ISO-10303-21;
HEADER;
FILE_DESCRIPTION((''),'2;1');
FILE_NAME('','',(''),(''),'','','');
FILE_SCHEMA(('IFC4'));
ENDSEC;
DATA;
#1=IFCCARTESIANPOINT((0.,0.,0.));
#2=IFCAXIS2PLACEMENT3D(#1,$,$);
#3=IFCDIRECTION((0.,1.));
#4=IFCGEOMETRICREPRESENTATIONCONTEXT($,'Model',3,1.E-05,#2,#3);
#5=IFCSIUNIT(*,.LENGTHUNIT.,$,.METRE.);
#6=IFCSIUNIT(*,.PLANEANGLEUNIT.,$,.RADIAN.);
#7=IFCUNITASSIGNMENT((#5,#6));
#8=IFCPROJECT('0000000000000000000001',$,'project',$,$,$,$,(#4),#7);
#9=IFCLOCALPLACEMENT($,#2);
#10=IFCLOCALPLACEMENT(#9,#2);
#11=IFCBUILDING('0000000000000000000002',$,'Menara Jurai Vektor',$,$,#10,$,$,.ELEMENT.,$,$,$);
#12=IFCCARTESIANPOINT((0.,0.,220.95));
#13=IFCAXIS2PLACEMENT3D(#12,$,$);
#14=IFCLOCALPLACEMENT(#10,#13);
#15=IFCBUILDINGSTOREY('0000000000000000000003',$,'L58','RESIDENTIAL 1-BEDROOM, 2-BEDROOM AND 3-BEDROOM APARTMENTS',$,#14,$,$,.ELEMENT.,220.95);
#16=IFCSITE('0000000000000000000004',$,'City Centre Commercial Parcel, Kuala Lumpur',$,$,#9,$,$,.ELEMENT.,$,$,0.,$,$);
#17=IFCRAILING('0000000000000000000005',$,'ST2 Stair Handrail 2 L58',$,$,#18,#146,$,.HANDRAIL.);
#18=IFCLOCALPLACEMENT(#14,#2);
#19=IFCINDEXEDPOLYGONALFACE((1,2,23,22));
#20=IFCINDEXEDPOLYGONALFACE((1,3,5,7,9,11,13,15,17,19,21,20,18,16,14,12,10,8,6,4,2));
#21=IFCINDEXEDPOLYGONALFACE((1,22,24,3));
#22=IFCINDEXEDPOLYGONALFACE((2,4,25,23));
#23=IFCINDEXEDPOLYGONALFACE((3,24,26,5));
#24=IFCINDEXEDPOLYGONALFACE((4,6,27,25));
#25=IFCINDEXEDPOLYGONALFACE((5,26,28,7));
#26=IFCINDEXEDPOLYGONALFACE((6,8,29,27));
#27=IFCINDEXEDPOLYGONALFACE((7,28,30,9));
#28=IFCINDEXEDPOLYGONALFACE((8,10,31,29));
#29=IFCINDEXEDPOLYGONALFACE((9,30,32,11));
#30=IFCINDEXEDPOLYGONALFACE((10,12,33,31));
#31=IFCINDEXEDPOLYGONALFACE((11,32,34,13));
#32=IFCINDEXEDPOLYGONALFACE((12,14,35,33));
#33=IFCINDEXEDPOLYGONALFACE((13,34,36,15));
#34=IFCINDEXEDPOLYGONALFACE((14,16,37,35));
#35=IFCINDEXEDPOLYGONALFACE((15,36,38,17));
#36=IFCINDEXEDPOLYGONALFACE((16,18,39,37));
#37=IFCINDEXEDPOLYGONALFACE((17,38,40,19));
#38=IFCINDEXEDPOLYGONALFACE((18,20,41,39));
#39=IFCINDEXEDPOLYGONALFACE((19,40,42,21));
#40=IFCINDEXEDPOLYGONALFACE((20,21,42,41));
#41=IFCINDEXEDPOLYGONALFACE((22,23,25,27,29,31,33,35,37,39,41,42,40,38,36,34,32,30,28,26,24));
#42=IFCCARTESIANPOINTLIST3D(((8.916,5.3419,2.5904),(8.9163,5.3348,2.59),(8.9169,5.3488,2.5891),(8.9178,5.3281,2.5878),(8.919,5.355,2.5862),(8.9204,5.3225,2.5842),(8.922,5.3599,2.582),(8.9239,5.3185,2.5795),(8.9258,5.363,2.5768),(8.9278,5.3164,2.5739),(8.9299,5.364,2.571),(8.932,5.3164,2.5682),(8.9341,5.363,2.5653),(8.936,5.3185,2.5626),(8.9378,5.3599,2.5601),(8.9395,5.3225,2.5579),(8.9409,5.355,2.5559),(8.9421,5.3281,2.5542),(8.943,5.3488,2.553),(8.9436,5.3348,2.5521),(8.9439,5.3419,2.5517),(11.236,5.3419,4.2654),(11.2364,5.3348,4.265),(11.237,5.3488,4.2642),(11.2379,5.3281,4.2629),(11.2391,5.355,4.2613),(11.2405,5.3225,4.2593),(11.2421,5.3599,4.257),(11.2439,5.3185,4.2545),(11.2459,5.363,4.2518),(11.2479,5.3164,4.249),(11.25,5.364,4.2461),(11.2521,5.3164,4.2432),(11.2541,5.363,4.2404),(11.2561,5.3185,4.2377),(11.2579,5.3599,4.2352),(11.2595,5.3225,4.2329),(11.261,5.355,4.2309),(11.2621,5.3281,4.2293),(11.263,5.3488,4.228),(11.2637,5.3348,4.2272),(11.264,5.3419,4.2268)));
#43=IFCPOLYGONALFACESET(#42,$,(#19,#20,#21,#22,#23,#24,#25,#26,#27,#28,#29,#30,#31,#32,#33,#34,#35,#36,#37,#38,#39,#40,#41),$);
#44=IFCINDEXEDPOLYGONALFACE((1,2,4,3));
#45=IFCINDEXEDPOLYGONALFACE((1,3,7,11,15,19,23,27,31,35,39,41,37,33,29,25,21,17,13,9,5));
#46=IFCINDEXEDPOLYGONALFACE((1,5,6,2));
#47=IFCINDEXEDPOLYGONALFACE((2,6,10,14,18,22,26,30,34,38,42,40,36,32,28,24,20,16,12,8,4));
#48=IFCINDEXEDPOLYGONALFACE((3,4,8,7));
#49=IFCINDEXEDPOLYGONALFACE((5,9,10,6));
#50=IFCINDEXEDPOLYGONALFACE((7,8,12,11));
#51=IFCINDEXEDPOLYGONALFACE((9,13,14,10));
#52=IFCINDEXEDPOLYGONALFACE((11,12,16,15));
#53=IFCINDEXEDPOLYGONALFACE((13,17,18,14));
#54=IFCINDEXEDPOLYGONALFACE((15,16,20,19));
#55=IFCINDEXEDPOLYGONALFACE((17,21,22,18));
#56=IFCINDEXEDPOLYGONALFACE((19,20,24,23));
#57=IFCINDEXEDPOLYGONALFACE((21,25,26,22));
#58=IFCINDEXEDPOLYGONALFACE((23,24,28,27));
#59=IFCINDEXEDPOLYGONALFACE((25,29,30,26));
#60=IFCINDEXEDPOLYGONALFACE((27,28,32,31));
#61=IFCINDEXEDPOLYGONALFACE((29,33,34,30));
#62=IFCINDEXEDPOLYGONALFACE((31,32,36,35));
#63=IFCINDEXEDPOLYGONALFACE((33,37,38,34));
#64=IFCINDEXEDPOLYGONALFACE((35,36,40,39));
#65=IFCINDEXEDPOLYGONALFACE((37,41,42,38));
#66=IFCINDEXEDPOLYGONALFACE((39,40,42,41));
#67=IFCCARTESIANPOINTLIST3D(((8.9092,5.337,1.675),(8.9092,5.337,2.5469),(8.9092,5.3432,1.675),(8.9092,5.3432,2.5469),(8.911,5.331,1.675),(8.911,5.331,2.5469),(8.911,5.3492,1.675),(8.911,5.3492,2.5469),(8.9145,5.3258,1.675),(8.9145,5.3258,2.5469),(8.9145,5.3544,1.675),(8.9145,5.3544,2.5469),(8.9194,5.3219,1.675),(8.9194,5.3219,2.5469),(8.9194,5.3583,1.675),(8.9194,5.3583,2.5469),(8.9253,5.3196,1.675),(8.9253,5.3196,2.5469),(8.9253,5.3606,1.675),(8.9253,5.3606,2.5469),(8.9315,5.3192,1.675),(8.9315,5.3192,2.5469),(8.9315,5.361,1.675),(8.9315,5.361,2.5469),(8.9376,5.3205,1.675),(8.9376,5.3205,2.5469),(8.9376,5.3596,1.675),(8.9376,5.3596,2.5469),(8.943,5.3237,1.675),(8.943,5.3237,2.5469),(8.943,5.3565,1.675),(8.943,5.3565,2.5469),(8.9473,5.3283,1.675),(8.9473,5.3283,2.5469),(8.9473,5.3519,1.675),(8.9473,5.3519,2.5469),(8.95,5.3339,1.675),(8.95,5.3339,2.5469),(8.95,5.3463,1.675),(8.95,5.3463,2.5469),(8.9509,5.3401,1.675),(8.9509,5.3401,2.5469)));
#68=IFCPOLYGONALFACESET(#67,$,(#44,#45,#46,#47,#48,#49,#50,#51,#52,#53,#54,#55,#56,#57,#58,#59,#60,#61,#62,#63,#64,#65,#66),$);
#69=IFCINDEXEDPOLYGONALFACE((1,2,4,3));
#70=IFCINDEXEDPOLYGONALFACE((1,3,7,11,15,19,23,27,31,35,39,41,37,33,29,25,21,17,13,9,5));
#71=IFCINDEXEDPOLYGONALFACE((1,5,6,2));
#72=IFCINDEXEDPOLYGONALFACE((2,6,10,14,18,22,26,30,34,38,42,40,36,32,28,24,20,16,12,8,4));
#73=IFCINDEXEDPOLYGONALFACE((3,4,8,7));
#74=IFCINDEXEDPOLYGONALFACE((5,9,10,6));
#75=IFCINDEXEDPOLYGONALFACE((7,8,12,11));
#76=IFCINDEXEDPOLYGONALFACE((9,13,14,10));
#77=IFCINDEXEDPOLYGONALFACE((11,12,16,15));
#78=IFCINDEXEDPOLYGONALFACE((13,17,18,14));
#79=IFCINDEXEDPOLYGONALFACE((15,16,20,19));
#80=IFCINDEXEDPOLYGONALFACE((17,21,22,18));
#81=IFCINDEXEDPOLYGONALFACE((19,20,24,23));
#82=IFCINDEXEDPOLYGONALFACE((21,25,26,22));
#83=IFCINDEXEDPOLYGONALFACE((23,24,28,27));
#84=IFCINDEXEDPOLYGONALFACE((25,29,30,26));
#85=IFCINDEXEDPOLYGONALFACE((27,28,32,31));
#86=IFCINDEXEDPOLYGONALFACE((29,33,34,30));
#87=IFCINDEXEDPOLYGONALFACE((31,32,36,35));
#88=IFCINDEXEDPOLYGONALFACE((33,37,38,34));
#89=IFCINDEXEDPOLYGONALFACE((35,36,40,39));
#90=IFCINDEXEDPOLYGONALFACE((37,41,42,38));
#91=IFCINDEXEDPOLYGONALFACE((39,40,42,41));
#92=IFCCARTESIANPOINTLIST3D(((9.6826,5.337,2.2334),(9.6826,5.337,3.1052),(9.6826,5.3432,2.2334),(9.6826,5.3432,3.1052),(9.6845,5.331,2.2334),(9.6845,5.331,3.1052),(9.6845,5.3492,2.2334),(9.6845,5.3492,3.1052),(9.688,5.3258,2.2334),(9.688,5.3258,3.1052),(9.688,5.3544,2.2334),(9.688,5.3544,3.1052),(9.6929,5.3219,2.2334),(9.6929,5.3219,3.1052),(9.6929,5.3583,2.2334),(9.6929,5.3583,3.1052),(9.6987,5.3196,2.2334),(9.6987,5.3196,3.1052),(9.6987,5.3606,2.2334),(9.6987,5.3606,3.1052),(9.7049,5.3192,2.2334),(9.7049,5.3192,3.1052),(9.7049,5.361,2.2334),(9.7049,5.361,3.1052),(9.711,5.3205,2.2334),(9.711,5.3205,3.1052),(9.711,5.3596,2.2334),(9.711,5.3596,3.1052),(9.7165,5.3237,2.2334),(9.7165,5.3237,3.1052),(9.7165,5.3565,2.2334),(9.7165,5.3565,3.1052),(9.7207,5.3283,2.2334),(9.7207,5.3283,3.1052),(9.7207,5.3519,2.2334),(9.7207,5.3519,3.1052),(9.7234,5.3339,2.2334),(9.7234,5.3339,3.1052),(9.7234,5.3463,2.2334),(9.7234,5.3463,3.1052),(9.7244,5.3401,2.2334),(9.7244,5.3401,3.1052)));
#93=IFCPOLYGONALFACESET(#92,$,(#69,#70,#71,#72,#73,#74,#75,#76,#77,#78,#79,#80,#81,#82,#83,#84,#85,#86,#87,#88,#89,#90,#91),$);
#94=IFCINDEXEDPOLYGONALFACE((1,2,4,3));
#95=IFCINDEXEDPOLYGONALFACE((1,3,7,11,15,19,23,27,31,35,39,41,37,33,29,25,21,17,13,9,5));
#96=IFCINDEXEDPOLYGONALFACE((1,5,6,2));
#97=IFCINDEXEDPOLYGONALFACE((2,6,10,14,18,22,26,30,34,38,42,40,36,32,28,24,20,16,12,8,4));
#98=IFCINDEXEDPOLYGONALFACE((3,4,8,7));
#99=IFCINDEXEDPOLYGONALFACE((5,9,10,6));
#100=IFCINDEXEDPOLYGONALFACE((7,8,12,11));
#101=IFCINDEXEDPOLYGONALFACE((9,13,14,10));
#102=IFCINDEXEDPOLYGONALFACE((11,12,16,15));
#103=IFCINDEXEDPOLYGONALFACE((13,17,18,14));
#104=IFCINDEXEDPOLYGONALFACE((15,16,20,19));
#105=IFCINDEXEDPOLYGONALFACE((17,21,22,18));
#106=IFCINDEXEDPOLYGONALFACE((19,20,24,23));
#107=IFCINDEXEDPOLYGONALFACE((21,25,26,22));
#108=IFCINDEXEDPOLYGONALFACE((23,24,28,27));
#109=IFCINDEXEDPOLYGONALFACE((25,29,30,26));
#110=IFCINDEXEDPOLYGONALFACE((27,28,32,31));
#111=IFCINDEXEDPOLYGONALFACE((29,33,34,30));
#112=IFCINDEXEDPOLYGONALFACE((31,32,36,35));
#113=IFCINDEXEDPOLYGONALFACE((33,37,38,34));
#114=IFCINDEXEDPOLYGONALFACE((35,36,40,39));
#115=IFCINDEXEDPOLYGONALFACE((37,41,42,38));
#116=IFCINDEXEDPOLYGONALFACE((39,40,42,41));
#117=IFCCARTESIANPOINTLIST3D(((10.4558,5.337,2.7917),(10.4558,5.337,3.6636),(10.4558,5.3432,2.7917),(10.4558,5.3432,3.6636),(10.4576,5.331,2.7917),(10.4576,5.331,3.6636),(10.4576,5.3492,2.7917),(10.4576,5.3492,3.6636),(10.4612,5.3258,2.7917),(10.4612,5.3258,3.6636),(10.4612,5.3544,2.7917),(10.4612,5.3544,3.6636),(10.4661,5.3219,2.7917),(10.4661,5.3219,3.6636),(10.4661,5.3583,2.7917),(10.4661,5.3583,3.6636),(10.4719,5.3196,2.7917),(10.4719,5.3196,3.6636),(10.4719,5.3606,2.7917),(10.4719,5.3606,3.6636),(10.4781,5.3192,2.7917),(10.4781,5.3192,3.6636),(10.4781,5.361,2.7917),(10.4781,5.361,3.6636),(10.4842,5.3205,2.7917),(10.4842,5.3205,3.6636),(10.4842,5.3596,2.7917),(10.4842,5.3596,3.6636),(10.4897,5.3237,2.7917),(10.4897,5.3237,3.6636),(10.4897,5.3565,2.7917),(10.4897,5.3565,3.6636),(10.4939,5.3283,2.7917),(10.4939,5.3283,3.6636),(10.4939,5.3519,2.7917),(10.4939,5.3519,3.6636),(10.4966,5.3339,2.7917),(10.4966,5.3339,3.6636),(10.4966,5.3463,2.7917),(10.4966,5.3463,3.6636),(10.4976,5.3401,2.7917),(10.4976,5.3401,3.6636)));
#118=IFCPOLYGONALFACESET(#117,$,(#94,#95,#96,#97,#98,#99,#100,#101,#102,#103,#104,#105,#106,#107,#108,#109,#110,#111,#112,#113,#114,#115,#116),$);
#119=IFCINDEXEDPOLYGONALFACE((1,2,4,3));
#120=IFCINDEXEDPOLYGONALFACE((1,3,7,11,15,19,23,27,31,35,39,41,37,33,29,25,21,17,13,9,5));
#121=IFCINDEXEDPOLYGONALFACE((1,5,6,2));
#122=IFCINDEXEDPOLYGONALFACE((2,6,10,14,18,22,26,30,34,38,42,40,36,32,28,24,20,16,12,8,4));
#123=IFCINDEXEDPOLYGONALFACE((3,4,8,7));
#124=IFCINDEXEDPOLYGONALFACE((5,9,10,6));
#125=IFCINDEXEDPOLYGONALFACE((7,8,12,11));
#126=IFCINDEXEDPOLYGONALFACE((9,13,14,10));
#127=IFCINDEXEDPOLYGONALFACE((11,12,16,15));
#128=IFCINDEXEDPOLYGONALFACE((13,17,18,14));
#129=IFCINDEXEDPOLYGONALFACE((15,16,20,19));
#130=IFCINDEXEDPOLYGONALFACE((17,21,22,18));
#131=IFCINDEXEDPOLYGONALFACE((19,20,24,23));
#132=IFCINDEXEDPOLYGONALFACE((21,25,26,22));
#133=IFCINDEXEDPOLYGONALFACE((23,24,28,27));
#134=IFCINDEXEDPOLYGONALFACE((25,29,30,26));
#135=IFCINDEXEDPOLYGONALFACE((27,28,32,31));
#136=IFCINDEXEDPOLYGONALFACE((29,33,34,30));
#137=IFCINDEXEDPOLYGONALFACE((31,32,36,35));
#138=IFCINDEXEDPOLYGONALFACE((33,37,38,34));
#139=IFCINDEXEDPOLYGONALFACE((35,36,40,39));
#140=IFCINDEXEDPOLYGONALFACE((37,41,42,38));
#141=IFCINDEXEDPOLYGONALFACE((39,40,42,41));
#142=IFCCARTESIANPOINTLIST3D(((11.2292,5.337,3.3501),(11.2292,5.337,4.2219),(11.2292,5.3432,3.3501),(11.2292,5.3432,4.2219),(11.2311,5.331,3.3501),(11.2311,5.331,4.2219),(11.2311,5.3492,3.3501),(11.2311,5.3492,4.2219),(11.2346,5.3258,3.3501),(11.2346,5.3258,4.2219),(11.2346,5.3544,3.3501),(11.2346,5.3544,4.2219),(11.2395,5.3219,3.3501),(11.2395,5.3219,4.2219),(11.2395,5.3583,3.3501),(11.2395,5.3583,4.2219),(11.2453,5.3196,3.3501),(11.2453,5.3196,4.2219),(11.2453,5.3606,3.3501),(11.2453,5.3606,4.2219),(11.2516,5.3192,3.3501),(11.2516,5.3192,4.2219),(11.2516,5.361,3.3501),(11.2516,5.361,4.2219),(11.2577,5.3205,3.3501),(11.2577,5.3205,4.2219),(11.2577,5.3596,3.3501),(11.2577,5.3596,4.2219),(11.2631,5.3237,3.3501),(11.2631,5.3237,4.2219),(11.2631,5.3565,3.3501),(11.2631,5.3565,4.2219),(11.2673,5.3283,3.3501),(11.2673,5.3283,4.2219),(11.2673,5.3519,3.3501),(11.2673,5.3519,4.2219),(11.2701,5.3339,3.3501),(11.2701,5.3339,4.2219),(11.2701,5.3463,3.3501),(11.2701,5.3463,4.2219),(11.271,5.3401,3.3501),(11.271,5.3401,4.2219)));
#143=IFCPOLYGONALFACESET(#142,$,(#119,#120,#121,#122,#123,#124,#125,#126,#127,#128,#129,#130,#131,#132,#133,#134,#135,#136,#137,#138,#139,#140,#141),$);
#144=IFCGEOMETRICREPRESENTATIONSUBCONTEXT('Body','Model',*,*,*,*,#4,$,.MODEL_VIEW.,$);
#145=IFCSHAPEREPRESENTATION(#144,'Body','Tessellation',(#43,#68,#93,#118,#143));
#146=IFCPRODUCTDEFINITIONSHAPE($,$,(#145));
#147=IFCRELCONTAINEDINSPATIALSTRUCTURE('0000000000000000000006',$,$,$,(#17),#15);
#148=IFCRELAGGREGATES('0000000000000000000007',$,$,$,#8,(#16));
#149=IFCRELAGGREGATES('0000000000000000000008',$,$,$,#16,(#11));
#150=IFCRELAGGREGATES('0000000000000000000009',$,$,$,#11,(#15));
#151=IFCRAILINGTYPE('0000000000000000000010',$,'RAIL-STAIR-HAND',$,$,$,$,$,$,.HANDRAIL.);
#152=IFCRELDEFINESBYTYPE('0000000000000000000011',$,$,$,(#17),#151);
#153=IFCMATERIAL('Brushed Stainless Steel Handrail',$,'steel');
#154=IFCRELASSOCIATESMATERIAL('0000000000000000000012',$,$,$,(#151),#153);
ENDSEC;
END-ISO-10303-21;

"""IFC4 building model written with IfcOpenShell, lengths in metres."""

from ifc_helpers import new_model, si_unit, direction, frame, origin, origin_2d, place, context, subcontext, project, spatial, circle, extrude, material, type_object, element, save


model = new_model("IFC4")

# Units and contexts
model_context = context("Model", 3, precision=1e-05, world=origin(), true_north=direction((0.0, 1.0)))
body_context = subcontext(model_context, "Body", "Model", "MODEL_VIEW")
ifc_project = project(units=[si_unit("LENGTHUNIT", "METRE"), si_unit("PLANEANGLEUNIT", "RADIAN")], contexts=[model_context])

# Site, building, storey
site_placement = place(None, origin())
site = spatial("IfcSite", under=ifc_project, at=site_placement, Name="City Centre Commercial Parcel, Kuala Lumpur", CompositionType="ELEMENT", RefElevation=0.0)
building_placement = place(site_placement, origin())
building = spatial("IfcBuilding", under=site, at=building_placement, Name="Menara Jurai Vektor", CompositionType="ELEMENT")
storey_placement = place(building_placement, frame((0.0, 0.0, 220.95)))
storey = spatial("IfcBuildingStorey", under=building, at=storey_placement, Name="L58", Description="RESIDENTIAL 1-BEDROOM, 2-BEDROOM AND 3-BEDROOM APARTMENTS", CompositionType="ELEMENT", Elevation=220.95)

# Railing
ifc_material_1 = material(Name="Brushed Stainless Steel Handrail", Category="steel")
railing_type_1 = type_object("IfcRailingType", Name="RAIL-STAIR-HAND", PredefinedType="HANDRAIL", material=ifc_material_1)
railing_1_placement = place(storey_placement, frame((8.9299, 5.3401, 1.675)))
element("IfcRailing", 1, at=railing_1_placement, inside=storey, type_object=railing_type_1, Name="ST2 Stair Handrail 2 L58", PredefinedType="HANDRAIL", context=body_context, shape_type="SweptSolid", body=[
    extrude(circle(Radius=0.0239, at=origin_2d()), frame((0.0, 0.0, 0.896), z_axis=(0.810771, 0.0, 0.585363), x_axis=(0.0, 1.0, 0.0)), (0.0, 0.0, 1.0), 2.8616),
    extrude(circle(Radius=0.021, at=origin_2d()), origin(), (0.0, 0.0, 1.0), 0.8718),
    extrude(circle(Radius=0.021, at=origin_2d()), frame((0.7734, 0.0, 0.5583)), (0.0, 0.0, 1.0), 0.8718),
    extrude(circle(Radius=0.021, at=origin_2d()), frame((1.5466, 0.0, 1.1167)), (0.0, 0.0, 1.0), 0.8718),
    extrude(circle(Radius=0.021, at=origin_2d()), frame((2.3201, 0.0, 1.675)), (0.0, 0.0, 1.0), 0.8718),
])

save(model, "model.ifc")
